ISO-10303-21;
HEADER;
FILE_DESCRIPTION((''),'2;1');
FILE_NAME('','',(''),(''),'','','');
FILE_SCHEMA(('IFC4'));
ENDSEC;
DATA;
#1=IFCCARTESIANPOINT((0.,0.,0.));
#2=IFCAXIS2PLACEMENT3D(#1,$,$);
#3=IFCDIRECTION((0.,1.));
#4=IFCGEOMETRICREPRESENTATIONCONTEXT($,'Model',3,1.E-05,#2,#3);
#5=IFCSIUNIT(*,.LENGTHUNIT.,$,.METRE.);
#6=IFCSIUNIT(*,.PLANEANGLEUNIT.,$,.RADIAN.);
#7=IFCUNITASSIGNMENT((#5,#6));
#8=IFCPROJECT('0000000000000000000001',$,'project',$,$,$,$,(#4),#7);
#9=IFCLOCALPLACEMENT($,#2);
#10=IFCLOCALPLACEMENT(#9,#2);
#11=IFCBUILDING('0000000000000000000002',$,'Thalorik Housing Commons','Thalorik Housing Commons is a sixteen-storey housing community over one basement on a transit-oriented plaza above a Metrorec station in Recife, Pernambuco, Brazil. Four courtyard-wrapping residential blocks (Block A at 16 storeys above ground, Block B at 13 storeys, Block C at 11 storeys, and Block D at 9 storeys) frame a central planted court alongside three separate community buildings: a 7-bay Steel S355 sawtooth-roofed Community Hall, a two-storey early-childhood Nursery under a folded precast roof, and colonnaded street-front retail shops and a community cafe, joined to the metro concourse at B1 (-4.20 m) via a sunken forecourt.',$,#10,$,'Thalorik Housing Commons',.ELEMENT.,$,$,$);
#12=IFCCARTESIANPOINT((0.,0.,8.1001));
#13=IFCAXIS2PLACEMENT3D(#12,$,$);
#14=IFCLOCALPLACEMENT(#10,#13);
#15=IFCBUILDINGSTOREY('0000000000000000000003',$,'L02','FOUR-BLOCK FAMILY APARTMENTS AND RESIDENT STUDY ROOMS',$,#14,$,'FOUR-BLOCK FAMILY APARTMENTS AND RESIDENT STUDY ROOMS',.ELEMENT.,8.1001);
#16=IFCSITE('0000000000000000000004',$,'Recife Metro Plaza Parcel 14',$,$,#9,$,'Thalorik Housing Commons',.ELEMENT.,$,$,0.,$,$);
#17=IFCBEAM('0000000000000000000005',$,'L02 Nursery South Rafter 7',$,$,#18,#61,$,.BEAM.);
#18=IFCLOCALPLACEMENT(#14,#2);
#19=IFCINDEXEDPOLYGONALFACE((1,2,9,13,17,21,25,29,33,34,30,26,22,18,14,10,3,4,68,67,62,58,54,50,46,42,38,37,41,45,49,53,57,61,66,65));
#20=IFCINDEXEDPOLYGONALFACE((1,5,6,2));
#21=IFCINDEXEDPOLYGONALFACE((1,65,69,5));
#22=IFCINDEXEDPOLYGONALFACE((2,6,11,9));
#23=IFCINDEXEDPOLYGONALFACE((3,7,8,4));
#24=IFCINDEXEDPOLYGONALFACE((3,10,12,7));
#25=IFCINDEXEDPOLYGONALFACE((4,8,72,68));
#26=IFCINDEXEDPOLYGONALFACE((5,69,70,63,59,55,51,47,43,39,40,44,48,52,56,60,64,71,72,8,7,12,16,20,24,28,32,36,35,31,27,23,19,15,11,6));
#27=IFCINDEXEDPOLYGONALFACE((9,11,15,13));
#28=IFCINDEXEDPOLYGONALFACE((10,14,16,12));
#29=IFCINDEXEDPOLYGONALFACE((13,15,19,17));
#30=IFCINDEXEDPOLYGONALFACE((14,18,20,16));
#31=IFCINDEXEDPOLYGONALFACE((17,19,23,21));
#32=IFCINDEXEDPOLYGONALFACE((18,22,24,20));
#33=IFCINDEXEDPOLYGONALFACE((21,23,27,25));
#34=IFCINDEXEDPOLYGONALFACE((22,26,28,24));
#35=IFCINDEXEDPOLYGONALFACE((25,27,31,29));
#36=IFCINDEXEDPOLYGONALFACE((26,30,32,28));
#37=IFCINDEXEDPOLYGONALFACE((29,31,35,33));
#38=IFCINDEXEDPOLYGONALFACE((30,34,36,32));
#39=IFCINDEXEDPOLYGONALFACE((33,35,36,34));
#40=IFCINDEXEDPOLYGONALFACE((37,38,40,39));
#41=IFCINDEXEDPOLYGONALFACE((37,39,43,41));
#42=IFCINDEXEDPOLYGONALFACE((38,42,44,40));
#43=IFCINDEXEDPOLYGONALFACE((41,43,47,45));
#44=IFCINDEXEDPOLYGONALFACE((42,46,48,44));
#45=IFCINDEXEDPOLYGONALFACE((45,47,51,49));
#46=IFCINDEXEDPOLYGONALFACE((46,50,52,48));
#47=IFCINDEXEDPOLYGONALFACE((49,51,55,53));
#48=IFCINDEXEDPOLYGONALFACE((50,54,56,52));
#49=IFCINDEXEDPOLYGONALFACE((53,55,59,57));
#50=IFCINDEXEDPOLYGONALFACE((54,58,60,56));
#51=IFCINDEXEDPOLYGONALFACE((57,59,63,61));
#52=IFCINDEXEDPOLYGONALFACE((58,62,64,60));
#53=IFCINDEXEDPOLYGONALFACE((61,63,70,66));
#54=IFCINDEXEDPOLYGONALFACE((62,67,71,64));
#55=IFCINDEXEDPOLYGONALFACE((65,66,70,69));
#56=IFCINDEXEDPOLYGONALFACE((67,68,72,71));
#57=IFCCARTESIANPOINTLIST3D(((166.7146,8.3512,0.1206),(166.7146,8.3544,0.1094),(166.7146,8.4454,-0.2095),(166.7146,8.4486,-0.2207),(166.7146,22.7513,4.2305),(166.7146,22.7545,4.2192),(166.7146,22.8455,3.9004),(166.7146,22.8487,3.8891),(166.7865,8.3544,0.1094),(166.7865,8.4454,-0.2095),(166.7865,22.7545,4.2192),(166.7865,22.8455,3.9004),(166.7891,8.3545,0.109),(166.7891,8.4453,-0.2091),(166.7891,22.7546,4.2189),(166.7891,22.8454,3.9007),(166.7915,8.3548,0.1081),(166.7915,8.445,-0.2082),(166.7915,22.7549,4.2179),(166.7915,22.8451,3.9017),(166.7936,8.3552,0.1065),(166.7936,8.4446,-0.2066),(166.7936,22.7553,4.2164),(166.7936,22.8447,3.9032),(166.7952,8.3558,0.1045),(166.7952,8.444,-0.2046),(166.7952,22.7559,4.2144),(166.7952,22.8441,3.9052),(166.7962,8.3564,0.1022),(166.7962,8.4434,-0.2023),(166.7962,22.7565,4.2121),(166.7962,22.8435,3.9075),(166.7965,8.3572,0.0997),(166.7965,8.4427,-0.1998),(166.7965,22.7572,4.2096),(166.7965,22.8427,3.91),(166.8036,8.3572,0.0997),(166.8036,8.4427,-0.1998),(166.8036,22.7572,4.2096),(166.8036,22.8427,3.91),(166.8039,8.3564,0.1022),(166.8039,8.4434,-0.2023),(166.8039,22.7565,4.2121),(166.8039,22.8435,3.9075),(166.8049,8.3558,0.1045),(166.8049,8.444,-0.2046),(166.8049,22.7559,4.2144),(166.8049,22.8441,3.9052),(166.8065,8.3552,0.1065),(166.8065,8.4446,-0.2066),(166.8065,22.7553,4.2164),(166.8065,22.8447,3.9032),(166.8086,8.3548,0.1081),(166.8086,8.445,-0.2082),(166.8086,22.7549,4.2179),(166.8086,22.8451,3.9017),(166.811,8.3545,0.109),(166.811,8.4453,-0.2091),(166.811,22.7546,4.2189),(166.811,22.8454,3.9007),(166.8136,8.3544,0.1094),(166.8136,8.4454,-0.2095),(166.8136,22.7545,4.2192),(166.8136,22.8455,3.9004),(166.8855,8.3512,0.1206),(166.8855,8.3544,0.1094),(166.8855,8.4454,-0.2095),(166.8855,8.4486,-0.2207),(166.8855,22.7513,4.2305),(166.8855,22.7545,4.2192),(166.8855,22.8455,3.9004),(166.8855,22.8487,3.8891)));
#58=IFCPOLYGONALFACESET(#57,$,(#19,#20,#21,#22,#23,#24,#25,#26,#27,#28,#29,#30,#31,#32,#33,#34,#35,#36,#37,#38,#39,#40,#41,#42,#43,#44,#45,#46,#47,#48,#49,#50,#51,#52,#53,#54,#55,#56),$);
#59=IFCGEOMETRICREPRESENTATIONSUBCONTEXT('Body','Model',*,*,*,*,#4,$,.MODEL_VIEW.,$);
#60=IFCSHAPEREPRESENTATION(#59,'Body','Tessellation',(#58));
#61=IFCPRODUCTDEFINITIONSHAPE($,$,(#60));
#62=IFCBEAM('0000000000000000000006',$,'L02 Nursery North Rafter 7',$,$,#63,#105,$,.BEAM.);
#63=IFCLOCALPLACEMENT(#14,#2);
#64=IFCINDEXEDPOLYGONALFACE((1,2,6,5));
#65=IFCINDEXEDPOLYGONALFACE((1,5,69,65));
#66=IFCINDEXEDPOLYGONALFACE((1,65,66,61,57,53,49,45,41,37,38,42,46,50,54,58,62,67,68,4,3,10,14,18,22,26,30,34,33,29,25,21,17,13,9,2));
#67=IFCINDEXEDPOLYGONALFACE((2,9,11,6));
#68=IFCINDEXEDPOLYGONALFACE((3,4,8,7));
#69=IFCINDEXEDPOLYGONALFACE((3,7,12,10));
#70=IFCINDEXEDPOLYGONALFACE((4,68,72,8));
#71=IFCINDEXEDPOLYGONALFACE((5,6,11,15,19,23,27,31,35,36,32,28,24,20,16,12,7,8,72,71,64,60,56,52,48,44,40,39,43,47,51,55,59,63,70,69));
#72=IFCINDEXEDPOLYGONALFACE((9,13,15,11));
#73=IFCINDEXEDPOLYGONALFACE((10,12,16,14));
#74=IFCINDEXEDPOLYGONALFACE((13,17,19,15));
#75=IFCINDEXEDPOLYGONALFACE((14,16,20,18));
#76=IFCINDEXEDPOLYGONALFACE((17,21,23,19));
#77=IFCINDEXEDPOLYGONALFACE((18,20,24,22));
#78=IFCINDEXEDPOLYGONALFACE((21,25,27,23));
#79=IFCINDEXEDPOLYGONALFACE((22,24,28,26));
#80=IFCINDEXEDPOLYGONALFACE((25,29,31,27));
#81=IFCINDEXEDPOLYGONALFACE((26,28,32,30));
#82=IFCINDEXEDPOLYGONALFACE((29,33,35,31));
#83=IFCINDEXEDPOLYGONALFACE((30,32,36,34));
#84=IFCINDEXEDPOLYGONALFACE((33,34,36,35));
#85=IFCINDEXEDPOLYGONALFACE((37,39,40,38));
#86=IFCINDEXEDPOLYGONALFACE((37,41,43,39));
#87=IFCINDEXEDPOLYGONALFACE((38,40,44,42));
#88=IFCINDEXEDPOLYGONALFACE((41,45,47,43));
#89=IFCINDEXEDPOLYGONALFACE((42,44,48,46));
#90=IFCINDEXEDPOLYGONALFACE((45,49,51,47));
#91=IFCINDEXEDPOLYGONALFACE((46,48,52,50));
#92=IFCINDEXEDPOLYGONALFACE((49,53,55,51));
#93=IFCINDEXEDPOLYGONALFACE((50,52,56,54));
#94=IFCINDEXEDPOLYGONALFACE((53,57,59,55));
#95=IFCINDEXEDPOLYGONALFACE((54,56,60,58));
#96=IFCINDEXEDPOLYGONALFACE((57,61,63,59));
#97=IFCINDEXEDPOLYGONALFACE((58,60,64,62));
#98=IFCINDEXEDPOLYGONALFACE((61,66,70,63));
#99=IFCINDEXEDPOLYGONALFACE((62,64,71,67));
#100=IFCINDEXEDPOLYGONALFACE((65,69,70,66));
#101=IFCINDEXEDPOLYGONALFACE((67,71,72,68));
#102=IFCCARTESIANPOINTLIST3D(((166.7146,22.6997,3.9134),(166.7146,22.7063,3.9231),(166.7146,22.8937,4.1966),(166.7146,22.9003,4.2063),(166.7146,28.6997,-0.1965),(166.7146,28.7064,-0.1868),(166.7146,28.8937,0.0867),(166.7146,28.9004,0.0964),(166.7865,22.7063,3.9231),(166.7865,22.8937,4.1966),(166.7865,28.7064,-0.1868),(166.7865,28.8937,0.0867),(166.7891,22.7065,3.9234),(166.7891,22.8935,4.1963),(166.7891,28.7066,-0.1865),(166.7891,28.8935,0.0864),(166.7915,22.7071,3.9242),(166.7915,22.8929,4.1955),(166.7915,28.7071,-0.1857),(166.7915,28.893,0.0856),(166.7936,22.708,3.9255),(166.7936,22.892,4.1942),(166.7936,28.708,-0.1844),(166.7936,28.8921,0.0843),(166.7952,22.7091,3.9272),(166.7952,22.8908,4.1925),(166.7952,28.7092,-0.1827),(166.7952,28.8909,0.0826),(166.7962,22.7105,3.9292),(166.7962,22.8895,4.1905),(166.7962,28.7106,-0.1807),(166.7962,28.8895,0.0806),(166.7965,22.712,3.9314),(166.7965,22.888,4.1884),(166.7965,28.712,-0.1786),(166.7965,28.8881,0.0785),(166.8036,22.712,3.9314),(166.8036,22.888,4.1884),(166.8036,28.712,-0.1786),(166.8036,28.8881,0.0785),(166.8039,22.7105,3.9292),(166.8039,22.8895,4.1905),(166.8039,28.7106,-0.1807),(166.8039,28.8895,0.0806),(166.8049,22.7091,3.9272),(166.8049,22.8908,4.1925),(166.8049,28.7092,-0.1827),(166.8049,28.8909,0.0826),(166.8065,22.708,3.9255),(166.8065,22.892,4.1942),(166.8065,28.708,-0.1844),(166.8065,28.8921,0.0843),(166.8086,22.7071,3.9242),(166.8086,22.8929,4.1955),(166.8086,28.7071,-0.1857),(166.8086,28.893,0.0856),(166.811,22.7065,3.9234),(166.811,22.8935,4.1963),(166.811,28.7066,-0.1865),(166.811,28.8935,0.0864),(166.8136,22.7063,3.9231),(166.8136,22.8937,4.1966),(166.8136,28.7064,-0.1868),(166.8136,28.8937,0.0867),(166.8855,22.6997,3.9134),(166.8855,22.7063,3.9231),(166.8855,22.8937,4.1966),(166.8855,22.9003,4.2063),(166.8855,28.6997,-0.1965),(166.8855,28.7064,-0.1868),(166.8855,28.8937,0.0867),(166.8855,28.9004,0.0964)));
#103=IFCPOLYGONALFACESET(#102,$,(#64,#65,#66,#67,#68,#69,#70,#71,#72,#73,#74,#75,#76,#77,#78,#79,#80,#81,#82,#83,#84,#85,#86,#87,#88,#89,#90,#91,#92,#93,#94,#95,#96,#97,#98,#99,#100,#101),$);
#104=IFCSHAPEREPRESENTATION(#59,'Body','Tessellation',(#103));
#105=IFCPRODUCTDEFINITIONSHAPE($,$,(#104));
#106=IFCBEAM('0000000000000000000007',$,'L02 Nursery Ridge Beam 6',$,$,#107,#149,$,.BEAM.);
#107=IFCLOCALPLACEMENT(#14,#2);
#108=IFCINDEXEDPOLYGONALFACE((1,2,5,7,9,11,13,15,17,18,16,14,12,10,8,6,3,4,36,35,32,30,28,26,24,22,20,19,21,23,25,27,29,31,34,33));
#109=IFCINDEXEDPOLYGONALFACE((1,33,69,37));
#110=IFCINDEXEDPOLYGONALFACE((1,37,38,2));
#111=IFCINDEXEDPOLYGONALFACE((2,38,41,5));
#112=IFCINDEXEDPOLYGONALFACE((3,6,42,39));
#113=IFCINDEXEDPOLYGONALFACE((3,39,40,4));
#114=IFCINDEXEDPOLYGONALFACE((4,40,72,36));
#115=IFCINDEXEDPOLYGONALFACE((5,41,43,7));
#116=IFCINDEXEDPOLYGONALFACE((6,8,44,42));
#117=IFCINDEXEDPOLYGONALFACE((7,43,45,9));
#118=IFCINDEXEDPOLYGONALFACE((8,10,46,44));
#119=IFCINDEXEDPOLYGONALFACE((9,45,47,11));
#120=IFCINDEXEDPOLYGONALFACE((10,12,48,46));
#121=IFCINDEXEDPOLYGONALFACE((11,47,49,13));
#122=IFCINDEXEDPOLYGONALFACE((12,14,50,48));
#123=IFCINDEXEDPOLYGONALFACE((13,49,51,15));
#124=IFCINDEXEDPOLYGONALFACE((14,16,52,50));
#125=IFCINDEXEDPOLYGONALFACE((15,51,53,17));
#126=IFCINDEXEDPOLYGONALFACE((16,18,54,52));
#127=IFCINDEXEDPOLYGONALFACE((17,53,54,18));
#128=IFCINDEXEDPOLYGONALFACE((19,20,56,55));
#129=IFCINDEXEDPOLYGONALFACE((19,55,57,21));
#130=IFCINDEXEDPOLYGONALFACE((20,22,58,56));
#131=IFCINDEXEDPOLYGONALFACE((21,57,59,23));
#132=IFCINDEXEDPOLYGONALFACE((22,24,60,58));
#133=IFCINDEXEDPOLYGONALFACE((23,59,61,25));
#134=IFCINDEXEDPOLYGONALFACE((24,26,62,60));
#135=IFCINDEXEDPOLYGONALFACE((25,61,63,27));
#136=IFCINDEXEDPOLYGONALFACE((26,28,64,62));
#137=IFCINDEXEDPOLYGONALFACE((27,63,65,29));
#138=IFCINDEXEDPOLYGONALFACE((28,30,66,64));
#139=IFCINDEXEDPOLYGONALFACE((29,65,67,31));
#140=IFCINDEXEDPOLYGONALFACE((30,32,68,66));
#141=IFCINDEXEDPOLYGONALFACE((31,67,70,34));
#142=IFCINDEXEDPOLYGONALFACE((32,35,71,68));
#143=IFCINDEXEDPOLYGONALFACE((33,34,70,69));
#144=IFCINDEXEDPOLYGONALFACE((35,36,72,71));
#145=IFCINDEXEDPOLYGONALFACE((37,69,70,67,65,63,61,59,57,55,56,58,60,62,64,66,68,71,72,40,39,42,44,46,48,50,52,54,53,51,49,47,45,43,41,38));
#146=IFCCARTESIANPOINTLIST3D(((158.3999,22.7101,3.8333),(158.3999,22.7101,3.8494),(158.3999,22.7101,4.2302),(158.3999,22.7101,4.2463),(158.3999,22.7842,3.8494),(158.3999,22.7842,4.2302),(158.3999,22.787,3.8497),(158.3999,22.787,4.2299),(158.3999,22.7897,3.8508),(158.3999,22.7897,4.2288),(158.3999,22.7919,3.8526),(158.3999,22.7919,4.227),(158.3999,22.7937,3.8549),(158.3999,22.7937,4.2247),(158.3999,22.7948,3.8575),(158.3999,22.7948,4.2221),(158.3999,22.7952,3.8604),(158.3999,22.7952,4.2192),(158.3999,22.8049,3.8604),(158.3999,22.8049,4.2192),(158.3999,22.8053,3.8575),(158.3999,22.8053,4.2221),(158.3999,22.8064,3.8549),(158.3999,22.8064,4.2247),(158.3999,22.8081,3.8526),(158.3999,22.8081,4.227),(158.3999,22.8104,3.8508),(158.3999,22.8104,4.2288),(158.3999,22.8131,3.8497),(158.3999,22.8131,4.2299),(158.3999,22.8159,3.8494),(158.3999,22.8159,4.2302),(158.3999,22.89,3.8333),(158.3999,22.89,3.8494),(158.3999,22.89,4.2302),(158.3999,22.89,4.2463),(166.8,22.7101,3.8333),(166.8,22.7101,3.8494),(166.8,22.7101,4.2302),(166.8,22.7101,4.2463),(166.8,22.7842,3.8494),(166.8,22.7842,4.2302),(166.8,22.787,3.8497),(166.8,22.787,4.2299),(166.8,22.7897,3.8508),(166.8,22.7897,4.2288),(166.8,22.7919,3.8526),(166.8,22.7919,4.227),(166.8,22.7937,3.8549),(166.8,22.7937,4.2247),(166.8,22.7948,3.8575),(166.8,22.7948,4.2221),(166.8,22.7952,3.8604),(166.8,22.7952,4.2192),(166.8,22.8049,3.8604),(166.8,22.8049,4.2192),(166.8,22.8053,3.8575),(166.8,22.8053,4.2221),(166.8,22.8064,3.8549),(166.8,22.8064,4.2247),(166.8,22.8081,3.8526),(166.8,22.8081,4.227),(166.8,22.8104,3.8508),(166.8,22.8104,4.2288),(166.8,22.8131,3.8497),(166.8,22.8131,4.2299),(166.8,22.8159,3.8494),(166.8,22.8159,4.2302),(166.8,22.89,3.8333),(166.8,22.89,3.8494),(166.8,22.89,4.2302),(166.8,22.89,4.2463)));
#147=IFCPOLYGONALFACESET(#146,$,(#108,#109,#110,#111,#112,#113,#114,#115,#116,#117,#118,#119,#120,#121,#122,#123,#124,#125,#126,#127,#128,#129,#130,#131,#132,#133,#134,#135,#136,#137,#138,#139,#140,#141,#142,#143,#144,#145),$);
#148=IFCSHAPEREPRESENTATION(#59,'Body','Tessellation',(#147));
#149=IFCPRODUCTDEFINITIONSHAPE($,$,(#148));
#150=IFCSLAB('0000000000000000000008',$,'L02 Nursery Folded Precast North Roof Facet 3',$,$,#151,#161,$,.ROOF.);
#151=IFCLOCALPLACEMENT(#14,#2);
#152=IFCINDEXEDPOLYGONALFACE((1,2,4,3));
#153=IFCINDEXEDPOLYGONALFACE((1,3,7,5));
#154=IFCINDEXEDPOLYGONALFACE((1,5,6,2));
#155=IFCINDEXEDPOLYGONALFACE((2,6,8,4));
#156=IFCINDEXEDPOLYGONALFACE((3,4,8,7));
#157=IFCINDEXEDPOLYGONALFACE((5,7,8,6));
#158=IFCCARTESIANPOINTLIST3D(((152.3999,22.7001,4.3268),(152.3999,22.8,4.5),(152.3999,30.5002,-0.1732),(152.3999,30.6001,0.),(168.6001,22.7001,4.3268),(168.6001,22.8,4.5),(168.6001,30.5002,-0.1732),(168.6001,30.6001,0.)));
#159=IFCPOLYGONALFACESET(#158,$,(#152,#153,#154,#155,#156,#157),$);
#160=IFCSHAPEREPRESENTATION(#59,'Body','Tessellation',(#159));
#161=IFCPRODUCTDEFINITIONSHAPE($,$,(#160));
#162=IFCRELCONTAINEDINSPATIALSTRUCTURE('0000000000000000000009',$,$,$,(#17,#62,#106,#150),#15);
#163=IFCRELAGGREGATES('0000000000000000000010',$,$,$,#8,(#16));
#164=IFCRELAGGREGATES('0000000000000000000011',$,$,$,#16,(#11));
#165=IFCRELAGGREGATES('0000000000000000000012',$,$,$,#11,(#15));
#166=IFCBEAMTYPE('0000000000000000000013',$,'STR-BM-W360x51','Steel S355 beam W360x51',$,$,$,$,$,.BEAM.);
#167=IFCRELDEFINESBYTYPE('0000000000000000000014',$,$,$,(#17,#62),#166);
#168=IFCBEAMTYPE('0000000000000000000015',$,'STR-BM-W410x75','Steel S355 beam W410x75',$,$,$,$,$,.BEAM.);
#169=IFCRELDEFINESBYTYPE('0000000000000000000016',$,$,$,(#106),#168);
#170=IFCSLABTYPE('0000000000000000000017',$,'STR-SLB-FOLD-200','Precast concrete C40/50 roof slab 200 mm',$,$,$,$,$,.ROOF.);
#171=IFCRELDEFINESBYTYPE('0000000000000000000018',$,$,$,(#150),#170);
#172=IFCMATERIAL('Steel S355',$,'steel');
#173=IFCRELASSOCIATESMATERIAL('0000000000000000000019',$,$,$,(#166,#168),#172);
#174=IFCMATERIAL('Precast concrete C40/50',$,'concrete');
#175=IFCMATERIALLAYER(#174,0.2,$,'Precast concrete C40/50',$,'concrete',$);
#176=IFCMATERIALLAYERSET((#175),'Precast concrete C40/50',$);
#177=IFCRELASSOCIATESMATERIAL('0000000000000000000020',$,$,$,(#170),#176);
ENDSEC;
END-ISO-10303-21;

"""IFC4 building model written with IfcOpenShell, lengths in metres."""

from ifc_helpers import new_model, si_unit, direction, frame, origin, origin_2d, place, context, subcontext, project, spatial, polyline, i_section, outline, extrude, material, layer, layer_set, material_profile, profile_set, type_object, element, save


model = new_model("IFC4")

# Units and contexts
model_context = context("Model", 3, precision=1e-05, world=origin(), true_north=direction((0.0, 1.0)))
body_context = subcontext(model_context, "Body", "Model", "MODEL_VIEW")
ifc_project = project(units=[si_unit("LENGTHUNIT", "METRE"), si_unit("PLANEANGLEUNIT", "RADIAN")], contexts=[model_context])

# Site, building, storey
site_placement = place(None, origin())
site = spatial("IfcSite", under=ifc_project, at=site_placement, Name="Recife Metro Plaza Parcel 14", LongName="Thalorik Housing Commons", CompositionType="ELEMENT", RefElevation=0.0)
building_placement = place(site_placement, origin())
building = spatial("IfcBuilding", under=site, at=building_placement, Name="Thalorik Housing Commons", Description="Thalorik Housing Commons is a sixteen-storey housing community over one basement on a transit-oriented plaza above a Metrorec station in Recife, Pernambuco, Brazil. Four courtyard-wrapping residential blocks (Block A at 16 storeys above ground, Block B at 13 storeys, Block C at 11 storeys, and Block D at 9 storeys) frame a central planted court alongside three separate community buildings: a 7-bay Steel S355 sawtooth-roofed Community Hall, a two-storey early-childhood Nursery under a folded precast roof, and colonnaded street-front retail shops and a community cafe, joined to the metro concourse at B1 (-4.20 m) via a sunken forecourt.", LongName="Thalorik Housing Commons", CompositionType="ELEMENT")
storey_placement = place(building_placement, frame((0.0, 0.0, 8.1001)))
storey = spatial("IfcBuildingStorey", under=building, at=storey_placement, Name="L02", Description="FOUR-BLOCK FAMILY APARTMENTS AND RESIDENT STUDY ROOMS", LongName="FOUR-BLOCK FAMILY APARTMENTS AND RESIDENT STUDY ROOMS", CompositionType="ELEMENT", Elevation=8.1001)

# Shared definitions
ifc_material_1 = material(Name="Precast concrete C40/50", Category="concrete")

# Beams
ifc_material_2 = material(Name="Steel S355", Category="steel")
ifc_material_profile_1 = material_profile(ifc_material_2, i_section(OverallWidth=0.1709, OverallDepth=0.355, WebThickness=0.0071, FlangeThickness=0.0117, FilletRadius=0.01, at=origin_2d()), Name="W360x51", Category="steel")
ifc_profile_set_1 = profile_set([ifc_material_profile_1], Name="Steel S355")
beam_type_1 = type_object("IfcBeamType", Name="STR-BM-W360x51", Description="Steel S355 beam W360x51", PredefinedType="BEAM", material=ifc_profile_set_1)
beam_1_placement = place(storey_placement, frame((166.8, 8.3999, -0.05), z_axis=(0.0, 0.961603, 0.274446), x_axis=(-1.0, 0.0, 0.0)))
element("IfcBeam", 1, at=beam_1_placement, inside=storey, type_object=beam_type_1, Name="L02 Nursery South Rafter 7", PredefinedType="BEAM", context=body_context, shape_type="SweptSolid", body=[
    extrude(i_section(OverallWidth=0.1709, OverallDepth=0.355, WebThickness=0.0071, FlangeThickness=0.0117, FilletRadius=0.01, at=origin_2d()), origin(), (0.0, 0.0, 1.0), 14.9751),
])
beam_2_placement = place(storey_placement, frame((166.8, 28.8, -0.05), z_axis=(0.0, -0.825012, 0.565115), x_axis=(1.0, 0.0, 0.0)))
element("IfcBeam", 2, at=beam_2_placement, inside=storey, type_object=beam_type_1, Name="L02 Nursery North Rafter 7", PredefinedType="BEAM", context=body_context, shape_type="SweptSolid", body=[
    extrude(i_section(OverallWidth=0.1709, OverallDepth=0.355, WebThickness=0.0071, FlangeThickness=0.0117, FilletRadius=0.01, at=origin_2d()), origin(), (0.0, 0.0, 1.0), 7.2727),
])
ifc_material_profile_2 = material_profile(ifc_material_2, i_section(OverallWidth=0.1799, OverallDepth=0.4131, WebThickness=0.0098, FlangeThickness=0.0161, FilletRadius=0.011, at=origin_2d()), Name="W410x75", Category="steel")
ifc_profile_set_2 = profile_set([ifc_material_profile_2], Name="Steel S355")
beam_type_2 = type_object("IfcBeamType", Name="STR-BM-W410x75", Description="Steel S355 beam W410x75", PredefinedType="BEAM", material=ifc_profile_set_2)
beam_3_placement = place(storey_placement, frame((158.3999, 22.8, 4.0398), z_axis=(1.0, 0.0, 0.0), x_axis=(0.0, 1.0, 0.0)))
element("IfcBeam", 3, at=beam_3_placement, inside=storey, type_object=beam_type_2, Name="L02 Nursery Ridge Beam 6", PredefinedType="BEAM", context=body_context, shape_type="SweptSolid", body=[
    extrude(i_section(OverallWidth=0.1799, OverallDepth=0.4131, WebThickness=0.0098, FlangeThickness=0.0161, FilletRadius=0.011, at=origin_2d()), origin(), (0.0, 0.0, 1.0), 8.4001),
])

# Slab
ifc_layer_1 = layer(ifc_material_1, 0.2, Name="Precast concrete C40/50", Category="concrete")
ifc_layer_set_1 = layer_set([ifc_layer_1], Name="Precast concrete C40/50")
slab_type = type_object("IfcSlabType", Name="STR-SLB-FOLD-200", Description="Precast concrete C40/50 roof slab 200 mm", PredefinedType="ROOF", material=ifc_layer_set_1)
slab_placement = place(storey_placement, frame((168.6001, 30.6001, 0.0), z_axis=(0.0, 0.49972, 0.866187), x_axis=(-1.0, 0.0, 0.0)))
element("IfcSlab", 4, at=slab_placement, inside=storey, type_object=slab_type, Name="L02 Nursery Folded Precast North Roof Facet 3", PredefinedType="ROOF", context=body_context, shape_type="SweptSolid", body=[
    extrude(outline(polyline([(0.0, 0.0), (16.2002, 0.0), (16.2002, 9.005), (0.0, 9.005), (0.0, 0.0)])), origin(), (0.0, 0.0, -1.0), 0.2),
])

save(model, "model.ifc")
